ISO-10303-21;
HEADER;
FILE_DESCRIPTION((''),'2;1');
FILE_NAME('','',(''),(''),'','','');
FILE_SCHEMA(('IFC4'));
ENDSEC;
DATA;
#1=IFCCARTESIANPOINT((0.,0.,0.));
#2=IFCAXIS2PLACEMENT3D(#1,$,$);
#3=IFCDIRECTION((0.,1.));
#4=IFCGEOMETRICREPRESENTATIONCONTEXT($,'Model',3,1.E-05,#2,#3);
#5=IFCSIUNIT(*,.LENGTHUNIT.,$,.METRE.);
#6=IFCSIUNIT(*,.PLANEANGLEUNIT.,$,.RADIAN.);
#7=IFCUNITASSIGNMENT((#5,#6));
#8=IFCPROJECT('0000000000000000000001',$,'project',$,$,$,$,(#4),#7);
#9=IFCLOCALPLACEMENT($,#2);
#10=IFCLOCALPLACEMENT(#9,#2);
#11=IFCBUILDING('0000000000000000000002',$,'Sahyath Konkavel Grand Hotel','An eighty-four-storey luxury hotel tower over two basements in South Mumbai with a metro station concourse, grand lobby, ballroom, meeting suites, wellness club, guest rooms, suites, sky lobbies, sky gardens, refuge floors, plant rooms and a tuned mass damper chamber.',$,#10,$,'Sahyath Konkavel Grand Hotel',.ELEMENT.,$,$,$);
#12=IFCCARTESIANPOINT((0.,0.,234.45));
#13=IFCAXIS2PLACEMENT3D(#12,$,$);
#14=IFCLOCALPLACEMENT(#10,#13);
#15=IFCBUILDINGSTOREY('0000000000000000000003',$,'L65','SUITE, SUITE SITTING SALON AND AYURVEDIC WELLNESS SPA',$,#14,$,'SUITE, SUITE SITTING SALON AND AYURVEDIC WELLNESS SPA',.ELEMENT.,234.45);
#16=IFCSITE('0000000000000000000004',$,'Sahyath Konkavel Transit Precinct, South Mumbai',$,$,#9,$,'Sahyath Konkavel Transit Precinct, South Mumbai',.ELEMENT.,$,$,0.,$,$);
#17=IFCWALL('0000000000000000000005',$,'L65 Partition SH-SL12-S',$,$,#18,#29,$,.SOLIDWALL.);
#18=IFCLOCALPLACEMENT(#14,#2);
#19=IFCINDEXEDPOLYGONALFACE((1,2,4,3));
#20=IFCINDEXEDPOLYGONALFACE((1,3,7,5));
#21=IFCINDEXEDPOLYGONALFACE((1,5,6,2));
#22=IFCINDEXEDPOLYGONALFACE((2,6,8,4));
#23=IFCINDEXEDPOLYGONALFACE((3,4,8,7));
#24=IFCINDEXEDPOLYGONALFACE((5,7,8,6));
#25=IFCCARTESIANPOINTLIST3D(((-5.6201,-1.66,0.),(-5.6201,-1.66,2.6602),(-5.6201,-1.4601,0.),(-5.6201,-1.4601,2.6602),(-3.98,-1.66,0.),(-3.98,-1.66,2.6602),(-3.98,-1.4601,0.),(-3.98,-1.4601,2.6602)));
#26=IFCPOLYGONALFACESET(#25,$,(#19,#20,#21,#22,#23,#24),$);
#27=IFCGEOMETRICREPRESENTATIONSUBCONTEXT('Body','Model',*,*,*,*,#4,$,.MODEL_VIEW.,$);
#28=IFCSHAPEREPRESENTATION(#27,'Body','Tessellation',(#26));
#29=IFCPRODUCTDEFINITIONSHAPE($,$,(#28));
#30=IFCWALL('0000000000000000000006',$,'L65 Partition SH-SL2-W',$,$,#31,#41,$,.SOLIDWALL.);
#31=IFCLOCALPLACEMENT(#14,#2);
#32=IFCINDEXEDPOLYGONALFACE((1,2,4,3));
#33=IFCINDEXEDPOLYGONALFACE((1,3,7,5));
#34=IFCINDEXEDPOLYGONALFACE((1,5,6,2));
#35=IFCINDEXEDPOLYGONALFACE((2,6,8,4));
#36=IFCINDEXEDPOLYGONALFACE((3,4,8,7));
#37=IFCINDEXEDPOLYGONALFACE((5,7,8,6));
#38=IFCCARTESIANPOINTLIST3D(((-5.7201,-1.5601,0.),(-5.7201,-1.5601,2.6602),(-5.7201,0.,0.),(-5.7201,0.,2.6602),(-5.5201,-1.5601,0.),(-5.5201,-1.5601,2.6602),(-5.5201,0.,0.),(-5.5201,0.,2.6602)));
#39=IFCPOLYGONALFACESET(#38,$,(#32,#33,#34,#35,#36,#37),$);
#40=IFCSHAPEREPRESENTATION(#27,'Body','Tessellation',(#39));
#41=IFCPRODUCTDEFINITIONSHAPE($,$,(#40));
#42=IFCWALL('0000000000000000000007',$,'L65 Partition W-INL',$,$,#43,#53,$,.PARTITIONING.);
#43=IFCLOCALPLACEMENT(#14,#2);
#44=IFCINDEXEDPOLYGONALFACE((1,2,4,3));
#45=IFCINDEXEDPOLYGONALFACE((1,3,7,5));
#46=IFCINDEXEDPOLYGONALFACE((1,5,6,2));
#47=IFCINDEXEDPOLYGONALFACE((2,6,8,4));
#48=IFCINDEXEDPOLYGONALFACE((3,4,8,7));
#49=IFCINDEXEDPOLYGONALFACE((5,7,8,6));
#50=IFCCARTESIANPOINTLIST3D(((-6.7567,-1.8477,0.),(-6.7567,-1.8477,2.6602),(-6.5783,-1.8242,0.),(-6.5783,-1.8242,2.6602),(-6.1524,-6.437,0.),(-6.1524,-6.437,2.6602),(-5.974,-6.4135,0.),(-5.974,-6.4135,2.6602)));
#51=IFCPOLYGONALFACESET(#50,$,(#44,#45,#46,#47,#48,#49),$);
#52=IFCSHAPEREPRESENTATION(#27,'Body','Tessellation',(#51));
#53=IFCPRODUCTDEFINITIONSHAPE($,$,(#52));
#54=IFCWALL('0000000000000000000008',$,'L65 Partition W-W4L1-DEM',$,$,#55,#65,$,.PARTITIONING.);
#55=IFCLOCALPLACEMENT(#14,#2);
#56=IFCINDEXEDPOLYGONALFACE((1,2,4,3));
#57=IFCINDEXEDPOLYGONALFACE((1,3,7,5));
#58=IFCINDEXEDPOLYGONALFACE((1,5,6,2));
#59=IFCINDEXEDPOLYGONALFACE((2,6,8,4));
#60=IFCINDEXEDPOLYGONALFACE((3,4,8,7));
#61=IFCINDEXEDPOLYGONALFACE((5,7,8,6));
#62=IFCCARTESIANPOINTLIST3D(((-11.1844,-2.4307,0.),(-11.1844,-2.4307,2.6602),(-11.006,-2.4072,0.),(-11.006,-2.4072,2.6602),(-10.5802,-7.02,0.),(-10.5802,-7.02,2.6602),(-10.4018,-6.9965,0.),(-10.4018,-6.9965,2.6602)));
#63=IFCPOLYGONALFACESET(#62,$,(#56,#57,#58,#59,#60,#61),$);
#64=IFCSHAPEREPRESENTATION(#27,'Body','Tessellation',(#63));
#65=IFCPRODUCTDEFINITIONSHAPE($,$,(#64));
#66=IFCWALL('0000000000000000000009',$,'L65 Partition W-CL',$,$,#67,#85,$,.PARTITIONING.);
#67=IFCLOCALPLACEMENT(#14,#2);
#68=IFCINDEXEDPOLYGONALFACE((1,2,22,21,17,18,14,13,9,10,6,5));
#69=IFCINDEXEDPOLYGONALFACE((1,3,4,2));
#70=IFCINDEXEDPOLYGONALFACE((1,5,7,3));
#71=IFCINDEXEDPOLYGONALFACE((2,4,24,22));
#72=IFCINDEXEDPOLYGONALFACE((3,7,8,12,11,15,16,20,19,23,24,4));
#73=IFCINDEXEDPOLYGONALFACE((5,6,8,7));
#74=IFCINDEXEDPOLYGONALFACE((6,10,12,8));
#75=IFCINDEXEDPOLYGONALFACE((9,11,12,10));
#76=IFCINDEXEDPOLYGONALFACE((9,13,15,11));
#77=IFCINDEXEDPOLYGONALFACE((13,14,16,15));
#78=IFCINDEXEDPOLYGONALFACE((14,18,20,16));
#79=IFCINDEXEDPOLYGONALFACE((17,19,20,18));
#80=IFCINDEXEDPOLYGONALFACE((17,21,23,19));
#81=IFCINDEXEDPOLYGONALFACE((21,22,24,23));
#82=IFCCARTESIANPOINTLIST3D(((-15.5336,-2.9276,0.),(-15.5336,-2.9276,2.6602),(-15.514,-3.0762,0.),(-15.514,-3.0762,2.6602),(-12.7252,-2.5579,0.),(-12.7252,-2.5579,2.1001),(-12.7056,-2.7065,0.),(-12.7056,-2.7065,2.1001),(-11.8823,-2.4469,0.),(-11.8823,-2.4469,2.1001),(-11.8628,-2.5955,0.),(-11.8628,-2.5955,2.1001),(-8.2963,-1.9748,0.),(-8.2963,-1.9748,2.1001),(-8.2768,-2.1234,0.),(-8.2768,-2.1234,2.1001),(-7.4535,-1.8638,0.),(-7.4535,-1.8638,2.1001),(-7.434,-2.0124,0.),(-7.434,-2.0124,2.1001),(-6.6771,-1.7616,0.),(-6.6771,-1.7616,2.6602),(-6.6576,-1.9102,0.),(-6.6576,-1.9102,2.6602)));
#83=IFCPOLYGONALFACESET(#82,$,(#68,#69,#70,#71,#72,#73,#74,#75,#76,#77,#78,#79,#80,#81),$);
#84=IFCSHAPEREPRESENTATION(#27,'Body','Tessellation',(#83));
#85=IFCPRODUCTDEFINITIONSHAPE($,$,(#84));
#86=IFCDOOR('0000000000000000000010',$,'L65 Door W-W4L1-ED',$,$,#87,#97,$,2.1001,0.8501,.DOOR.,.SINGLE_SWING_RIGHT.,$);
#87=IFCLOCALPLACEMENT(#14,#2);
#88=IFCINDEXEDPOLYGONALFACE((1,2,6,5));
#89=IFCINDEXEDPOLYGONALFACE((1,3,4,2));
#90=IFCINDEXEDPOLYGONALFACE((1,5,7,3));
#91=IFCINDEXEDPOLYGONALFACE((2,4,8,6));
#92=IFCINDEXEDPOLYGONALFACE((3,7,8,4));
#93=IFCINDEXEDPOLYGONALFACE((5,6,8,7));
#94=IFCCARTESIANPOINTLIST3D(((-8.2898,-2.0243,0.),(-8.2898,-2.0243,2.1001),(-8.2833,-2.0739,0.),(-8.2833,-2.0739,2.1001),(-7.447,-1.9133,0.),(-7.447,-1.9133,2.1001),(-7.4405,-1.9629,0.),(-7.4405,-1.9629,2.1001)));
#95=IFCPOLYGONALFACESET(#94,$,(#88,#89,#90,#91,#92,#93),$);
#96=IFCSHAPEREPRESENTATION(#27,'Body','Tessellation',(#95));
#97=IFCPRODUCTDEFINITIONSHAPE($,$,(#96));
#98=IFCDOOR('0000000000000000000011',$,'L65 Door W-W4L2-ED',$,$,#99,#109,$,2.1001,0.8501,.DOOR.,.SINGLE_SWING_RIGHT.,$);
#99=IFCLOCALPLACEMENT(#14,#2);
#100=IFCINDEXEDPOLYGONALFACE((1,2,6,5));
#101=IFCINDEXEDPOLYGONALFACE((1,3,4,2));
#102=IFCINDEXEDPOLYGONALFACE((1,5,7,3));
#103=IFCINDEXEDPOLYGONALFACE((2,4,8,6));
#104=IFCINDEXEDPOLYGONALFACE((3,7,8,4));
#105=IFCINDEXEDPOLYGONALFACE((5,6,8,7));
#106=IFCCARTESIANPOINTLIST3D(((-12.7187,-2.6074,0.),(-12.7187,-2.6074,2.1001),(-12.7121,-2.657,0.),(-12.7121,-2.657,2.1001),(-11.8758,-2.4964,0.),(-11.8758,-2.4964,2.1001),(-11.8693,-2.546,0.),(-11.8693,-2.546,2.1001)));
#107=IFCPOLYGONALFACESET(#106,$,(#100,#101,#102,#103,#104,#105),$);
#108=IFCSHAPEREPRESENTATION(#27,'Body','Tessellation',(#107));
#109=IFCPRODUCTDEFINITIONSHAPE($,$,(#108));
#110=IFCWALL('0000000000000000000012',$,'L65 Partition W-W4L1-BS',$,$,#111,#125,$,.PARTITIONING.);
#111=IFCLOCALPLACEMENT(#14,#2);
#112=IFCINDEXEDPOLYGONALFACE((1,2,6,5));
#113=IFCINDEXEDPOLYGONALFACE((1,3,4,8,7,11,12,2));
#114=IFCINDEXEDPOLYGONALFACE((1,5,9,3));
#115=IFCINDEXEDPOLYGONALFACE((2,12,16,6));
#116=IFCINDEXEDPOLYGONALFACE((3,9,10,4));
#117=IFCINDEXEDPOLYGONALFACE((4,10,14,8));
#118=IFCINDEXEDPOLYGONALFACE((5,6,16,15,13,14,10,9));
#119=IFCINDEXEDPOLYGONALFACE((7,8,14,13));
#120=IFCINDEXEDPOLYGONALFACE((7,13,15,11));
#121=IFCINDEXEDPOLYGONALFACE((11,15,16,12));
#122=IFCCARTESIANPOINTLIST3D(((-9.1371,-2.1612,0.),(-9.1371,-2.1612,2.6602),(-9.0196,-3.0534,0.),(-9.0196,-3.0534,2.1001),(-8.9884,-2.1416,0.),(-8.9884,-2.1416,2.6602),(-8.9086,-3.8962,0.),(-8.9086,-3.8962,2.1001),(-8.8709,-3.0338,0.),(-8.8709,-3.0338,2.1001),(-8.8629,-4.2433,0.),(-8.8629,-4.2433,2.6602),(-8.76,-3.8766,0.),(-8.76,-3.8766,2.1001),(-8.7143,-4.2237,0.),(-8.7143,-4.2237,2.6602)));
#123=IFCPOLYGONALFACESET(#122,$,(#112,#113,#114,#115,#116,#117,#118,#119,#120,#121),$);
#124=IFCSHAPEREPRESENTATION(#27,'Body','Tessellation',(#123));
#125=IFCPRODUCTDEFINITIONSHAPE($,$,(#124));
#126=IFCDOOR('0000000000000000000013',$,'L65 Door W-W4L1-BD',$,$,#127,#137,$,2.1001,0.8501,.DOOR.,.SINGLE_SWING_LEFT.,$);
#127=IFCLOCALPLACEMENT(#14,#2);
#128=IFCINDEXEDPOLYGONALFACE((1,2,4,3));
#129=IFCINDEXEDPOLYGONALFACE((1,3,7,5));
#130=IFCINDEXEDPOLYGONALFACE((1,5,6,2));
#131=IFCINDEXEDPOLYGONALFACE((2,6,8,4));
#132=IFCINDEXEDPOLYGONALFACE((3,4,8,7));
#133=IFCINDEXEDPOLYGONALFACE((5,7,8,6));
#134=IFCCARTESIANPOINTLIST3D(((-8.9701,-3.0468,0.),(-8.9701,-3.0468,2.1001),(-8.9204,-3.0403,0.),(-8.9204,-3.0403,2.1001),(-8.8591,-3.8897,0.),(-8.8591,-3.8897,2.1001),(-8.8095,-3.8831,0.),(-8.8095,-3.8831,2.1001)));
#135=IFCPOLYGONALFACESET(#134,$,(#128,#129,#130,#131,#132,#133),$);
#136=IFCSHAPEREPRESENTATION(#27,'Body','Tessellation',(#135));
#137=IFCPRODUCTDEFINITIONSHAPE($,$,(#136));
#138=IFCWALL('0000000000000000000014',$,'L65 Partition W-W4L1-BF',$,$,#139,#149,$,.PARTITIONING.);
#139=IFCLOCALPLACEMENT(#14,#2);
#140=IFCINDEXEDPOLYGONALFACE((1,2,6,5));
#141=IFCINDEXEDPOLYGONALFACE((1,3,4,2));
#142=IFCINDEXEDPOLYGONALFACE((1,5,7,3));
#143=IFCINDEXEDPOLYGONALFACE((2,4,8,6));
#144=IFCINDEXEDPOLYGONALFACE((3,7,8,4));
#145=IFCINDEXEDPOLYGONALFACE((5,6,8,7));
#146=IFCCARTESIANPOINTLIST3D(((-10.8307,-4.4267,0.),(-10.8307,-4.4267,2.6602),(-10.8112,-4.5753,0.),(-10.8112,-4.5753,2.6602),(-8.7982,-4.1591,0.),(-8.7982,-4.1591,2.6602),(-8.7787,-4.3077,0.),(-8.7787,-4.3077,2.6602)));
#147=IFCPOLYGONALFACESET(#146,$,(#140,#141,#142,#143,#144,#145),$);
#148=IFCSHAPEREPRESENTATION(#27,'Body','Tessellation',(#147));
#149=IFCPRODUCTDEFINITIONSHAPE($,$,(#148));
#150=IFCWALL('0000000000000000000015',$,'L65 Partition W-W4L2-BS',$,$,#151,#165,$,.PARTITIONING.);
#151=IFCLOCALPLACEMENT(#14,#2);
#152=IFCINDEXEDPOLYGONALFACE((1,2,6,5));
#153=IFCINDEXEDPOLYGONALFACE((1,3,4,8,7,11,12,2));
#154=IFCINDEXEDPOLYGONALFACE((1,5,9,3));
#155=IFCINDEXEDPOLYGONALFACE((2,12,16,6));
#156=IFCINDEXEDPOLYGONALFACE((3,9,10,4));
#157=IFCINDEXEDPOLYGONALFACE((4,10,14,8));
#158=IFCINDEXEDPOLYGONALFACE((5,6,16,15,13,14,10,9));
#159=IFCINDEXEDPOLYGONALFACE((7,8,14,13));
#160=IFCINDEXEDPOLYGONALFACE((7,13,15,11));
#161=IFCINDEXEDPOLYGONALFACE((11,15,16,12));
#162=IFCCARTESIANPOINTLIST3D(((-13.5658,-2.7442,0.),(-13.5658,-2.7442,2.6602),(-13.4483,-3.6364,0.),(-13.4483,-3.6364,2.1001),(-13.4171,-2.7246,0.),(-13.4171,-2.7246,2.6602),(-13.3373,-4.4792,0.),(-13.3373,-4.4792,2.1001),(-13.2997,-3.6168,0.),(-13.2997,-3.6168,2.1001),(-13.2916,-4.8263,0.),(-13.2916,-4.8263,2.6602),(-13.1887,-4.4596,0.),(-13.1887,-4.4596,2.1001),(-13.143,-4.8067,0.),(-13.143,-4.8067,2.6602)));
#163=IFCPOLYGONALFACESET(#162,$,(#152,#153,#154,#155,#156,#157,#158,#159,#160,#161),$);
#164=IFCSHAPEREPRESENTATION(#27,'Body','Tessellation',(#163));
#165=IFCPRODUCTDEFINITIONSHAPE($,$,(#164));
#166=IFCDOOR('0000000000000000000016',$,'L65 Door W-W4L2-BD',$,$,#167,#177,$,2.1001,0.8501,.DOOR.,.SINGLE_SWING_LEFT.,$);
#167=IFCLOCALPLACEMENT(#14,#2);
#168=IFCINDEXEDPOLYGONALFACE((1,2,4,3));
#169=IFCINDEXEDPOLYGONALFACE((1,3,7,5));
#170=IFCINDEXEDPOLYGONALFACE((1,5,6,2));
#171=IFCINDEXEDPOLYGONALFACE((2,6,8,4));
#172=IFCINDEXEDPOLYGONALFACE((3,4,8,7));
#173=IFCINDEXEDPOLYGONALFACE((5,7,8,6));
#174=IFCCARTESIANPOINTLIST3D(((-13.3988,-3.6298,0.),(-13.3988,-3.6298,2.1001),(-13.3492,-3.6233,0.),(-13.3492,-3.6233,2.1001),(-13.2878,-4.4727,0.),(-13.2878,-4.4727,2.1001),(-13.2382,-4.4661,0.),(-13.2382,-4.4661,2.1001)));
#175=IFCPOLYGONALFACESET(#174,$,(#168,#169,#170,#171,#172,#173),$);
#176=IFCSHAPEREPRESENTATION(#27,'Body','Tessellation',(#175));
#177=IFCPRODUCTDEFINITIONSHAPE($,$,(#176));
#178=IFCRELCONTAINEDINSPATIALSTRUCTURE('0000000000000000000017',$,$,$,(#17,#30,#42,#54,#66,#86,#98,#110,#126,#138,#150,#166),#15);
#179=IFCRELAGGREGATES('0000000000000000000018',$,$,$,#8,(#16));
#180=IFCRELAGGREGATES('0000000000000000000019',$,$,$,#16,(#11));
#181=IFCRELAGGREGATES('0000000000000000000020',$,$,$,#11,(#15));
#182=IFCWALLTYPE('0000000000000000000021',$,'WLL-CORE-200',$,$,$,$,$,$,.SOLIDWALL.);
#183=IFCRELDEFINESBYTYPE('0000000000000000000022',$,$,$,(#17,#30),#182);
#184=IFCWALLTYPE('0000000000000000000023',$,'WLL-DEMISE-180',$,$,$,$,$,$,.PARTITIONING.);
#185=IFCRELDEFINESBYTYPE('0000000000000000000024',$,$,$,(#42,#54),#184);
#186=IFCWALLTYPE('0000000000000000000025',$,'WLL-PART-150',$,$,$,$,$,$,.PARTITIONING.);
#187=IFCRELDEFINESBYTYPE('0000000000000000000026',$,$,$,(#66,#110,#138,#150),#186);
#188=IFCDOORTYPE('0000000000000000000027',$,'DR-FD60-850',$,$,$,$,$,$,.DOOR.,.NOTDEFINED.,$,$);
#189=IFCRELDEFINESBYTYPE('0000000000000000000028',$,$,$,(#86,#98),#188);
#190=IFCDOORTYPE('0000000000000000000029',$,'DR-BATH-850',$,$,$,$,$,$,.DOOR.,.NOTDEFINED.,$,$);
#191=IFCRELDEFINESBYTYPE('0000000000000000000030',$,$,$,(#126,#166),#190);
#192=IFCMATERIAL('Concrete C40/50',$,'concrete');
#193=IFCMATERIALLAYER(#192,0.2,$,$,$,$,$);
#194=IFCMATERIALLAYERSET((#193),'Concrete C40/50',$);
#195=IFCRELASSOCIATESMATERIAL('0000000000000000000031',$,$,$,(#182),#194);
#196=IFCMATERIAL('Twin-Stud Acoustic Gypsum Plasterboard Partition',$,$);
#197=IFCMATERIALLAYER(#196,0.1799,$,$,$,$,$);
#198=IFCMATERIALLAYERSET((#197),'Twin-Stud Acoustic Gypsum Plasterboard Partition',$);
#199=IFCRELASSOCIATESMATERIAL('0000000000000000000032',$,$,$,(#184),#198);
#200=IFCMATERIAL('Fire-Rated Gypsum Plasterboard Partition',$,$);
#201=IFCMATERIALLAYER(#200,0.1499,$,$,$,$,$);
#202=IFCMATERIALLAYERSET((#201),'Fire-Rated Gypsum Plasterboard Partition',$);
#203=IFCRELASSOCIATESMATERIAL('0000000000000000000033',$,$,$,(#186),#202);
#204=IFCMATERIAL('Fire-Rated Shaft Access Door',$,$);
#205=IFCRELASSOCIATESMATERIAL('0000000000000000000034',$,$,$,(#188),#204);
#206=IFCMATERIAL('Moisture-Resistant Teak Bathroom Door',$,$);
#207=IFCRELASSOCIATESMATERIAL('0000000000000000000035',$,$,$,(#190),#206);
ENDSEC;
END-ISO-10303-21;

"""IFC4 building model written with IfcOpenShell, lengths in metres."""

from ifc_helpers import new_model, si_unit, direction, frame, frame_2d, origin, origin_2d, place, context, subcontext, project, spatial, rectangle, extrude, source, transform, mapped, material, layer, layer_set, type_object, element, fill, save


model = new_model("IFC4")

# Units and contexts
model_context = context("Model", 3, precision=1e-05, world=origin(), true_north=direction((0.0, 1.0)))
body_context = subcontext(model_context, "Body", "Model", "MODEL_VIEW")
ifc_project = project(units=[si_unit("LENGTHUNIT", "METRE"), si_unit("PLANEANGLEUNIT", "RADIAN")], contexts=[model_context])

# Site, building, storey
site_placement = place(None, origin())
site = spatial("IfcSite", under=ifc_project, at=site_placement, Name="Sahyath Konkavel Transit Precinct, South Mumbai", LongName="Sahyath Konkavel Transit Precinct, South Mumbai", CompositionType="ELEMENT", RefElevation=0.0)
building_placement = place(site_placement, origin())
building = spatial("IfcBuilding", under=site, at=building_placement, Name="Sahyath Konkavel Grand Hotel", Description="An eighty-four-storey luxury hotel tower over two basements in South Mumbai with a metro station concourse, grand lobby, ballroom, meeting suites, wellness club, guest rooms, suites, sky lobbies, sky gardens, refuge floors, plant rooms and a tuned mass damper chamber.", LongName="Sahyath Konkavel Grand Hotel", CompositionType="ELEMENT")
storey_placement = place(building_placement, frame((0.0, 0.0, 234.45)))
storey = spatial("IfcBuildingStorey", under=building, at=storey_placement, Name="L65", Description="SUITE, SUITE SITTING SALON AND AYURVEDIC WELLNESS SPA", LongName="SUITE, SUITE SITTING SALON AND AYURVEDIC WELLNESS SPA", CompositionType="ELEMENT", Elevation=234.45)

# Shared definitions
ifc_material_1 = material(Name="Concrete C40/50", Category="concrete")

# Walls
ifc_layer_1 = layer(ifc_material_1, 0.2)
ifc_layer_set_1 = layer_set([ifc_layer_1], Name="Concrete C40/50")
wall_type_1 = type_object("IfcWallType", Name="WLL-CORE-200", PredefinedType="SOLIDWALL", material=ifc_layer_set_1)
wall_1_placement = place(storey_placement, frame((-5.6201, -1.5601, 0.0), z_axis=(0.0, 0.0, 1.0), x_axis=(1.0, 0.0, 0.0)))
element("IfcWall", 1, at=wall_1_placement, inside=storey, type_object=wall_type_1, Name="L65 Partition SH-SL12-S", PredefinedType="SOLIDWALL", context=body_context, shape_type="SweptSolid", body=[
    extrude(rectangle(XDim=1.6401, YDim=0.2, at=frame_2d((0.8201, 0.0))), origin(), (0.0, 0.0, 1.0), 2.6602),
])
wall_2_placement = place(storey_placement, frame((-5.6201, -1.5601, 0.0), z_axis=(0.0, 0.0, 1.0), x_axis=(0.0, 1.0, 0.0)))
element("IfcWall", 2, at=wall_2_placement, inside=storey, type_object=wall_type_1, Name="L65 Partition SH-SL2-W", PredefinedType="SOLIDWALL", context=body_context, shape_type="SweptSolid", body=[
    extrude(rectangle(XDim=1.5601, YDim=0.2, at=frame_2d((0.78, 0.0))), origin(), (0.0, 0.0, 1.0), 2.6602),
])
ifc_material_2 = material(Name="Twin-Stud Acoustic Gypsum Plasterboard Partition")
ifc_layer_2 = layer(ifc_material_2, 0.1799)
ifc_layer_set_2 = layer_set([ifc_layer_2], Name="Twin-Stud Acoustic Gypsum Plasterboard Partition")
wall_type_2 = type_object("IfcWallType", Name="WLL-DEMISE-180", PredefinedType="PARTITIONING", material=ifc_layer_set_2)
for number, where, z_axis, x_axis, name in (
    (3, (-6.6675, -1.8359, 0.0), (0.0, 0.0, 1.0), (0.130536, -0.991444, 0.0), "L65 Partition W-INL"),
    (4, (-11.0952, -2.4189, 0.0), (0.0, 0.0, 1.0), (0.130536, -0.991444, 0.0), "L65 Partition W-W4L1-DEM"),
):
    element("IfcWall", number, at=place(storey_placement, frame(where, z_axis=z_axis, x_axis=x_axis)), inside=storey, type_object=wall_type_2, Name=name, PredefinedType="PARTITIONING", context=body_context, shape_type="SweptSolid", body=[
        extrude(rectangle(XDim=4.6289, YDim=0.1799, at=frame_2d((2.3145, 0.0))), origin(), (0.0, 0.0, 1.0), 2.6602),
    ])

# Wall, openings, doors
ifc_material_3 = material(Name="Fire-Rated Gypsum Plasterboard Partition")
ifc_layer_3 = layer(ifc_material_3, 0.1499)
ifc_layer_set_3 = layer_set([ifc_layer_3], Name="Fire-Rated Gypsum Plasterboard Partition")
wall_type_3 = type_object("IfcWallType", Name="WLL-PART-150", PredefinedType="PARTITIONING", material=ifc_layer_set_3)
wall_3_placement = place(storey_placement, frame((-6.6675, -1.8359, 0.0), z_axis=(0.0, 0.0, 1.0), x_axis=(-0.991444, -0.130531, 0.0)))
wall_3 = element("IfcWall", 5, at=wall_3_placement, inside=storey, type_object=wall_type_3, Name="L65 Partition W-CL", PredefinedType="PARTITIONING", context=body_context, shape_type="SweptSolid", body=[
    extrude(rectangle(XDim=8.9329, YDim=0.1499, at=frame_2d((4.4663, 0.0))), origin(), (0.0, 0.0, 1.0), 2.6602),
])
opening_1_placement = place(wall_3_placement, frame((0.783, 0.0, 0.0)))
opening_1 = element("IfcOpeningElement", 6, at=opening_1_placement, cuts=wall_3, PredefinedType="OPENING", context=body_context, shape_type="SweptSolid", body=[
    extrude(rectangle(XDim=0.8501, YDim=2.1001, at=frame_2d((0.425, 1.05))), frame((0.0, 0.085, 0.0), z_axis=(0.0, -1.0, 0.0), x_axis=(1.0, 0.0, 0.0)), (0.0, 0.0, 1.0), 0.1699),
])
opening_2_placement = place(wall_3_placement, frame((5.25, 0.0, 0.0)))
opening_2 = element("IfcOpeningElement", 7, at=opening_2_placement, cuts=wall_3, PredefinedType="OPENING", context=body_context, shape_type="SweptSolid", body=[
    extrude(rectangle(XDim=0.8501, YDim=2.1001, at=frame_2d((0.425, 1.05))), frame((0.0, 0.085, 0.0), z_axis=(0.0, -1.0, 0.0), x_axis=(1.0, 0.0, 0.0)), (0.0, 0.0, 1.0), 0.1699),
])
ifc_material_4 = material(Name="Fire-Rated Shaft Access Door")
door_type_1 = type_object("IfcDoorType", Name="DR-FD60-850", OperationType="NOTDEFINED", PredefinedType="DOOR", material=ifc_material_4)
shared_shape_1 = source(origin(), body_context, "Body", "SweptSolid", [
    extrude(rectangle(XDim=0.8501, YDim=0.05, at=origin_2d()), origin(), (0.0, 0.0, 1.0), 2.1001),
])
door_1_placement = place(opening_1_placement, frame((0.425, 0.0, 0.0)))
door_1 = element("IfcDoor", 8, at=door_1_placement, inside=storey, type_object=door_type_1, Name="L65 Door W-W4L1-ED", OperationType="SINGLE_SWING_RIGHT", OverallHeight=2.1001, OverallWidth=0.8501, PredefinedType="DOOR", context=body_context, shape_type="MappedRepresentation", body=[
    mapped(shared_shape_1, transform((0.0, 0.0, 0.0), scale=1.0)),
])
fill(opening_1, door_1)
door_2_placement = place(opening_2_placement, frame((0.425, 0.0, 0.0)))
door_2 = element("IfcDoor", 9, at=door_2_placement, inside=storey, type_object=door_type_1, Name="L65 Door W-W4L2-ED", OperationType="SINGLE_SWING_RIGHT", OverallHeight=2.1001, OverallWidth=0.8501, PredefinedType="DOOR", context=body_context, shape_type="MappedRepresentation", body=[
    mapped(shared_shape_1, transform((0.0, 0.0, 0.0), scale=1.0)),
])
fill(opening_2, door_2)

# Wall, opening, door
wall_4_placement = place(storey_placement, frame((-9.0627, -2.1514, 0.0), z_axis=(0.0, 0.0, 1.0), x_axis=(0.130557, -0.991441, 0.0)))
wall_4 = element("IfcWall", 10, at=wall_4_placement, inside=storey, type_object=wall_type_3, Name="L65 Partition W-W4L1-BS", PredefinedType="PARTITIONING", context=body_context, shape_type="SweptSolid", body=[
    extrude(rectangle(XDim=2.1001, YDim=0.1499, at=frame_2d((1.05, 0.0))), origin(), (0.0, 0.0, 1.0), 2.6602),
])
opening_3_placement = place(wall_4_placement, frame((0.8999, 0.0, 0.0)))
opening_3 = element("IfcOpeningElement", 11, at=opening_3_placement, cuts=wall_4, PredefinedType="OPENING", context=body_context, shape_type="SweptSolid", body=[
    extrude(rectangle(XDim=0.8501, YDim=2.1001, at=frame_2d((0.425, 1.05))), frame((0.0, 0.085, 0.0), z_axis=(0.0, -1.0, 0.0), x_axis=(1.0, 0.0, 0.0)), (0.0, 0.0, 1.0), 0.1699),
])
ifc_material_5 = material(Name="Moisture-Resistant Teak Bathroom Door")
door_type_2 = type_object("IfcDoorType", Name="DR-BATH-850", OperationType="NOTDEFINED", PredefinedType="DOOR", material=ifc_material_5)
door_3_placement = place(opening_3_placement, frame((0.425, 0.0, 0.0)))
door_3 = element("IfcDoor", 12, at=door_3_placement, inside=storey, type_object=door_type_2, Name="L65 Door W-W4L1-BD", OperationType="SINGLE_SWING_LEFT", OverallHeight=2.1001, OverallWidth=0.8501, PredefinedType="DOOR", context=body_context, shape_type="MappedRepresentation", body=[
    mapped(shared_shape_1, transform((0.0, 0.0, 0.0), scale=1.0)),
])
fill(opening_3, door_3)

# Wall
wall_5_placement = place(storey_placement, frame((-8.7886, -4.2334, 0.0), z_axis=(0.0, 0.0, 1.0), x_axis=(-0.991445, -0.130525, 0.0)))
element("IfcWall", 13, at=wall_5_placement, inside=storey, type_object=wall_type_3, Name="L65 Partition W-W4L1-BF", PredefinedType="PARTITIONING", context=body_context, shape_type="SweptSolid", body=[
    extrude(rectangle(XDim=2.05, YDim=0.1499, at=frame_2d((1.0249, 0.0))), origin(), (0.0, 0.0, 1.0), 2.6602),
])

# Wall, opening, door
wall_6_placement = place(storey_placement, frame((-13.4915, -2.7344, 0.0), z_axis=(0.0, 0.0, 1.0), x_axis=(0.130557, -0.991441, 0.0)))
wall_6 = element("IfcWall", 14, at=wall_6_placement, inside=storey, type_object=wall_type_3, Name="L65 Partition W-W4L2-BS", PredefinedType="PARTITIONING", context=body_context, shape_type="SweptSolid", body=[
    extrude(rectangle(XDim=2.1001, YDim=0.1499, at=frame_2d((1.05, 0.0))), origin(), (0.0, 0.0, 1.0), 2.6602),
])
opening_4_placement = place(wall_6_placement, frame((0.8999, 0.0, 0.0)))
opening_4 = element("IfcOpeningElement", 15, at=opening_4_placement, cuts=wall_6, PredefinedType="OPENING", context=body_context, shape_type="SweptSolid", body=[
    extrude(rectangle(XDim=0.8501, YDim=2.1001, at=frame_2d((0.425, 1.05))), frame((0.0, 0.085, 0.0), z_axis=(0.0, -1.0, 0.0), x_axis=(1.0, 0.0, 0.0)), (0.0, 0.0, 1.0), 0.1699),
])
door_4_placement = place(opening_4_placement, frame((0.425, 0.0, 0.0)))
door_4 = element("IfcDoor", 16, at=door_4_placement, inside=storey, type_object=door_type_2, Name="L65 Door W-W4L2-BD", OperationType="SINGLE_SWING_LEFT", OverallHeight=2.1001, OverallWidth=0.8501, PredefinedType="DOOR", context=body_context, shape_type="MappedRepresentation", body=[
    mapped(shared_shape_1, transform((0.0, 0.0, 0.0), scale=1.0)),
])
fill(opening_4, door_4)

save(model, "model.ifc")
